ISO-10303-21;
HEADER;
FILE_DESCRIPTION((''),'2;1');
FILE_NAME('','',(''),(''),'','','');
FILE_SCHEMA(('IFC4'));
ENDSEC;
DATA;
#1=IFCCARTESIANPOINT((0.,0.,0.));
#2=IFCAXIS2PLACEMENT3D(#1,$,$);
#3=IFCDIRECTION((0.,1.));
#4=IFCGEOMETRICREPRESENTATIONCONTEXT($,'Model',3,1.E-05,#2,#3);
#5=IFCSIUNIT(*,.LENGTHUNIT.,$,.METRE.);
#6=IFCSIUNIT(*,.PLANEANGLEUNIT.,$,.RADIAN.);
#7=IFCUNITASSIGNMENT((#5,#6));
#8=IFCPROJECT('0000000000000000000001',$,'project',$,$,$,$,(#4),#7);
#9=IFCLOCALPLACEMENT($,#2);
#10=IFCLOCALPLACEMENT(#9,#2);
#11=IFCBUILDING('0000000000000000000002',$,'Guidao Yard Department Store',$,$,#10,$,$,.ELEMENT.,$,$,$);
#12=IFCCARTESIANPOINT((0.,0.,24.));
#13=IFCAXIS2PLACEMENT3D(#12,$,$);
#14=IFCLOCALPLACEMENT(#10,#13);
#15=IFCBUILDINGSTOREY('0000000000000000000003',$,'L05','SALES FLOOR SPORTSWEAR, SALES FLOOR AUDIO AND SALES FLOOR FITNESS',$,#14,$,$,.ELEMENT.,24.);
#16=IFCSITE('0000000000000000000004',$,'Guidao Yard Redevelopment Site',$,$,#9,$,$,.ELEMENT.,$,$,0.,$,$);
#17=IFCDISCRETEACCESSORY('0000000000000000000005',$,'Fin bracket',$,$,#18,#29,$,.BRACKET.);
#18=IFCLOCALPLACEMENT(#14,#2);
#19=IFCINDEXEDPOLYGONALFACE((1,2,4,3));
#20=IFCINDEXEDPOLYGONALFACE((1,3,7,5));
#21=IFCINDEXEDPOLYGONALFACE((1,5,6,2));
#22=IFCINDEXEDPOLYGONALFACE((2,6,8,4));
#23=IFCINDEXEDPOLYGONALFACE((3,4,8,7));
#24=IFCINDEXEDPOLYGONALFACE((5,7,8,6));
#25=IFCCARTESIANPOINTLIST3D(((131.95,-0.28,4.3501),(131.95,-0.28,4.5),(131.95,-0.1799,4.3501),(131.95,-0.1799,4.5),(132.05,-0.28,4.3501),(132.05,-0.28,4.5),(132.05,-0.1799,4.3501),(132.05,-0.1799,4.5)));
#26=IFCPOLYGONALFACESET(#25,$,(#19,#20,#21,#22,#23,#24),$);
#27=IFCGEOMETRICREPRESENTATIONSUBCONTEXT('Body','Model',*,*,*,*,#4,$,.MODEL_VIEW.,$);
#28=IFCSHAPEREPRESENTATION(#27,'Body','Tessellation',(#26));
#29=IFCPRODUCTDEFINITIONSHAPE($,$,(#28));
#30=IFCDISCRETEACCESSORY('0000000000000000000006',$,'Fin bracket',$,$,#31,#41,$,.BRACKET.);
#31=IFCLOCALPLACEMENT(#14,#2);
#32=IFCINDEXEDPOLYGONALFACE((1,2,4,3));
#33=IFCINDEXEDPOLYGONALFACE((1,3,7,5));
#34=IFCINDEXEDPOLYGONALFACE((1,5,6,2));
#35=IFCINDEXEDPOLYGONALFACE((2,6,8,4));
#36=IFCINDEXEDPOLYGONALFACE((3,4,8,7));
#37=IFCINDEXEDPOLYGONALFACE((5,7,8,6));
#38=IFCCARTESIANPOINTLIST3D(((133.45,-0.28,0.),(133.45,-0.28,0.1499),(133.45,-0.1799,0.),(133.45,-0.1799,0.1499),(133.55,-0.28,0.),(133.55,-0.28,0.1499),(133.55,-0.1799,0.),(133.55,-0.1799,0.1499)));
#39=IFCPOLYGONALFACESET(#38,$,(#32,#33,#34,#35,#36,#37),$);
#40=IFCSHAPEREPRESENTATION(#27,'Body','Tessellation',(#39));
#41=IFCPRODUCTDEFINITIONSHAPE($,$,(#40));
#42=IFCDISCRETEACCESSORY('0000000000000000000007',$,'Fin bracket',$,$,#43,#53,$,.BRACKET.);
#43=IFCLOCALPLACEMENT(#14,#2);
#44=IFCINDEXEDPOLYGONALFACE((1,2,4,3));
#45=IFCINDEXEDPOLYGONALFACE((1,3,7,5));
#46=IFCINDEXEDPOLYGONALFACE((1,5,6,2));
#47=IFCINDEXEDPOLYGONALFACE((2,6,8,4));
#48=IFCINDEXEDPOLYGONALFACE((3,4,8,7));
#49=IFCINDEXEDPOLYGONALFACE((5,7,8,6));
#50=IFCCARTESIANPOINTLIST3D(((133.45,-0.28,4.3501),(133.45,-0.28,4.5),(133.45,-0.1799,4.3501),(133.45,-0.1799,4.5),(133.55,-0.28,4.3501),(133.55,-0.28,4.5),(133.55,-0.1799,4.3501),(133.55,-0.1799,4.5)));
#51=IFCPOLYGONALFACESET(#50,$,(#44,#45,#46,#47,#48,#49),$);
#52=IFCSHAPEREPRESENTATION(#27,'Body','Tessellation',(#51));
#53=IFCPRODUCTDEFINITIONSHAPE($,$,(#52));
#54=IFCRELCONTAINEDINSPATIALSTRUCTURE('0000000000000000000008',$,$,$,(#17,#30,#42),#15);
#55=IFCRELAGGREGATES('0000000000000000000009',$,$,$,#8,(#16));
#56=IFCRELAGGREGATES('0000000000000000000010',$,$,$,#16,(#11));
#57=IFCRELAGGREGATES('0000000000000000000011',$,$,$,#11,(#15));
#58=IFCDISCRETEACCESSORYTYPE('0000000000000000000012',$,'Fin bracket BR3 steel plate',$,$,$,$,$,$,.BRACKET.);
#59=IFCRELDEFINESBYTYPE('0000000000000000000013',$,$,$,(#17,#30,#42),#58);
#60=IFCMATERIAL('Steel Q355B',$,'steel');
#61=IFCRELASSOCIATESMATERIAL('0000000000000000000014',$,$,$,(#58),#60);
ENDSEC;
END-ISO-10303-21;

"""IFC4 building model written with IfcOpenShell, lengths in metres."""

from ifc_helpers import new_model, si_unit, direction, frame, origin, origin_2d, place, context, subcontext, project, spatial, rectangle, extrude, material, type_object, element, save


model = new_model("IFC4")

# Units and contexts
model_context = context("Model", 3, precision=1e-05, world=origin(), true_north=direction((0.0, 1.0)))
body_context = subcontext(model_context, "Body", "Model", "MODEL_VIEW")
ifc_project = project(units=[si_unit("LENGTHUNIT", "METRE"), si_unit("PLANEANGLEUNIT", "RADIAN")], contexts=[model_context])

# Site, building, storey
site_placement = place(None, origin())
site = spatial("IfcSite", under=ifc_project, at=site_placement, Name="Guidao Yard Redevelopment Site", CompositionType="ELEMENT", RefElevation=0.0)
building_placement = place(site_placement, origin())
building = spatial("IfcBuilding", under=site, at=building_placement, Name="Guidao Yard Department Store", CompositionType="ELEMENT")
storey_placement = place(building_placement, frame((0.0, 0.0, 24.0)))
storey = spatial("IfcBuildingStorey", under=building, at=storey_placement, Name="L05", Description="SALES FLOOR SPORTSWEAR, SALES FLOOR AUDIO AND SALES FLOOR FITNESS", CompositionType="ELEMENT", Elevation=24.0)

# Discrete accessories
ifc_material_1 = material(Name="Steel Q355B", Category="steel")
discrete_accessory_type = type_object("IfcDiscreteAccessoryType", Name="Fin bracket BR3 steel plate", PredefinedType="BRACKET", material=ifc_material_1)
for number, where, z_axis, x_axis, name in (
    (1, (132.0, -0.23, 4.3501), (0.0, 0.0, 1.0), (-1.0, 0.0, 0.0), "Fin bracket"),
    (2, (133.5, -0.23, 0.0), (0.0, 0.0, 1.0), (-1.0, 0.0, 0.0), "Fin bracket"),
    (3, (133.5, -0.23, 4.3501), (0.0, 0.0, 1.0), (-1.0, 0.0, 0.0), "Fin bracket"),
):
    element("IfcDiscreteAccessory", number, at=place(storey_placement, frame(where, z_axis=z_axis, x_axis=x_axis)), inside=storey, type_object=discrete_accessory_type, Name=name, PredefinedType="BRACKET", context=body_context, shape_type="SweptSolid", body=[
        extrude(rectangle(XDim=0.1001, YDim=0.1001, at=origin_2d()), origin(), (0.0, 0.0, 1.0), 0.1499),
    ])

save(model, "model.ifc")
